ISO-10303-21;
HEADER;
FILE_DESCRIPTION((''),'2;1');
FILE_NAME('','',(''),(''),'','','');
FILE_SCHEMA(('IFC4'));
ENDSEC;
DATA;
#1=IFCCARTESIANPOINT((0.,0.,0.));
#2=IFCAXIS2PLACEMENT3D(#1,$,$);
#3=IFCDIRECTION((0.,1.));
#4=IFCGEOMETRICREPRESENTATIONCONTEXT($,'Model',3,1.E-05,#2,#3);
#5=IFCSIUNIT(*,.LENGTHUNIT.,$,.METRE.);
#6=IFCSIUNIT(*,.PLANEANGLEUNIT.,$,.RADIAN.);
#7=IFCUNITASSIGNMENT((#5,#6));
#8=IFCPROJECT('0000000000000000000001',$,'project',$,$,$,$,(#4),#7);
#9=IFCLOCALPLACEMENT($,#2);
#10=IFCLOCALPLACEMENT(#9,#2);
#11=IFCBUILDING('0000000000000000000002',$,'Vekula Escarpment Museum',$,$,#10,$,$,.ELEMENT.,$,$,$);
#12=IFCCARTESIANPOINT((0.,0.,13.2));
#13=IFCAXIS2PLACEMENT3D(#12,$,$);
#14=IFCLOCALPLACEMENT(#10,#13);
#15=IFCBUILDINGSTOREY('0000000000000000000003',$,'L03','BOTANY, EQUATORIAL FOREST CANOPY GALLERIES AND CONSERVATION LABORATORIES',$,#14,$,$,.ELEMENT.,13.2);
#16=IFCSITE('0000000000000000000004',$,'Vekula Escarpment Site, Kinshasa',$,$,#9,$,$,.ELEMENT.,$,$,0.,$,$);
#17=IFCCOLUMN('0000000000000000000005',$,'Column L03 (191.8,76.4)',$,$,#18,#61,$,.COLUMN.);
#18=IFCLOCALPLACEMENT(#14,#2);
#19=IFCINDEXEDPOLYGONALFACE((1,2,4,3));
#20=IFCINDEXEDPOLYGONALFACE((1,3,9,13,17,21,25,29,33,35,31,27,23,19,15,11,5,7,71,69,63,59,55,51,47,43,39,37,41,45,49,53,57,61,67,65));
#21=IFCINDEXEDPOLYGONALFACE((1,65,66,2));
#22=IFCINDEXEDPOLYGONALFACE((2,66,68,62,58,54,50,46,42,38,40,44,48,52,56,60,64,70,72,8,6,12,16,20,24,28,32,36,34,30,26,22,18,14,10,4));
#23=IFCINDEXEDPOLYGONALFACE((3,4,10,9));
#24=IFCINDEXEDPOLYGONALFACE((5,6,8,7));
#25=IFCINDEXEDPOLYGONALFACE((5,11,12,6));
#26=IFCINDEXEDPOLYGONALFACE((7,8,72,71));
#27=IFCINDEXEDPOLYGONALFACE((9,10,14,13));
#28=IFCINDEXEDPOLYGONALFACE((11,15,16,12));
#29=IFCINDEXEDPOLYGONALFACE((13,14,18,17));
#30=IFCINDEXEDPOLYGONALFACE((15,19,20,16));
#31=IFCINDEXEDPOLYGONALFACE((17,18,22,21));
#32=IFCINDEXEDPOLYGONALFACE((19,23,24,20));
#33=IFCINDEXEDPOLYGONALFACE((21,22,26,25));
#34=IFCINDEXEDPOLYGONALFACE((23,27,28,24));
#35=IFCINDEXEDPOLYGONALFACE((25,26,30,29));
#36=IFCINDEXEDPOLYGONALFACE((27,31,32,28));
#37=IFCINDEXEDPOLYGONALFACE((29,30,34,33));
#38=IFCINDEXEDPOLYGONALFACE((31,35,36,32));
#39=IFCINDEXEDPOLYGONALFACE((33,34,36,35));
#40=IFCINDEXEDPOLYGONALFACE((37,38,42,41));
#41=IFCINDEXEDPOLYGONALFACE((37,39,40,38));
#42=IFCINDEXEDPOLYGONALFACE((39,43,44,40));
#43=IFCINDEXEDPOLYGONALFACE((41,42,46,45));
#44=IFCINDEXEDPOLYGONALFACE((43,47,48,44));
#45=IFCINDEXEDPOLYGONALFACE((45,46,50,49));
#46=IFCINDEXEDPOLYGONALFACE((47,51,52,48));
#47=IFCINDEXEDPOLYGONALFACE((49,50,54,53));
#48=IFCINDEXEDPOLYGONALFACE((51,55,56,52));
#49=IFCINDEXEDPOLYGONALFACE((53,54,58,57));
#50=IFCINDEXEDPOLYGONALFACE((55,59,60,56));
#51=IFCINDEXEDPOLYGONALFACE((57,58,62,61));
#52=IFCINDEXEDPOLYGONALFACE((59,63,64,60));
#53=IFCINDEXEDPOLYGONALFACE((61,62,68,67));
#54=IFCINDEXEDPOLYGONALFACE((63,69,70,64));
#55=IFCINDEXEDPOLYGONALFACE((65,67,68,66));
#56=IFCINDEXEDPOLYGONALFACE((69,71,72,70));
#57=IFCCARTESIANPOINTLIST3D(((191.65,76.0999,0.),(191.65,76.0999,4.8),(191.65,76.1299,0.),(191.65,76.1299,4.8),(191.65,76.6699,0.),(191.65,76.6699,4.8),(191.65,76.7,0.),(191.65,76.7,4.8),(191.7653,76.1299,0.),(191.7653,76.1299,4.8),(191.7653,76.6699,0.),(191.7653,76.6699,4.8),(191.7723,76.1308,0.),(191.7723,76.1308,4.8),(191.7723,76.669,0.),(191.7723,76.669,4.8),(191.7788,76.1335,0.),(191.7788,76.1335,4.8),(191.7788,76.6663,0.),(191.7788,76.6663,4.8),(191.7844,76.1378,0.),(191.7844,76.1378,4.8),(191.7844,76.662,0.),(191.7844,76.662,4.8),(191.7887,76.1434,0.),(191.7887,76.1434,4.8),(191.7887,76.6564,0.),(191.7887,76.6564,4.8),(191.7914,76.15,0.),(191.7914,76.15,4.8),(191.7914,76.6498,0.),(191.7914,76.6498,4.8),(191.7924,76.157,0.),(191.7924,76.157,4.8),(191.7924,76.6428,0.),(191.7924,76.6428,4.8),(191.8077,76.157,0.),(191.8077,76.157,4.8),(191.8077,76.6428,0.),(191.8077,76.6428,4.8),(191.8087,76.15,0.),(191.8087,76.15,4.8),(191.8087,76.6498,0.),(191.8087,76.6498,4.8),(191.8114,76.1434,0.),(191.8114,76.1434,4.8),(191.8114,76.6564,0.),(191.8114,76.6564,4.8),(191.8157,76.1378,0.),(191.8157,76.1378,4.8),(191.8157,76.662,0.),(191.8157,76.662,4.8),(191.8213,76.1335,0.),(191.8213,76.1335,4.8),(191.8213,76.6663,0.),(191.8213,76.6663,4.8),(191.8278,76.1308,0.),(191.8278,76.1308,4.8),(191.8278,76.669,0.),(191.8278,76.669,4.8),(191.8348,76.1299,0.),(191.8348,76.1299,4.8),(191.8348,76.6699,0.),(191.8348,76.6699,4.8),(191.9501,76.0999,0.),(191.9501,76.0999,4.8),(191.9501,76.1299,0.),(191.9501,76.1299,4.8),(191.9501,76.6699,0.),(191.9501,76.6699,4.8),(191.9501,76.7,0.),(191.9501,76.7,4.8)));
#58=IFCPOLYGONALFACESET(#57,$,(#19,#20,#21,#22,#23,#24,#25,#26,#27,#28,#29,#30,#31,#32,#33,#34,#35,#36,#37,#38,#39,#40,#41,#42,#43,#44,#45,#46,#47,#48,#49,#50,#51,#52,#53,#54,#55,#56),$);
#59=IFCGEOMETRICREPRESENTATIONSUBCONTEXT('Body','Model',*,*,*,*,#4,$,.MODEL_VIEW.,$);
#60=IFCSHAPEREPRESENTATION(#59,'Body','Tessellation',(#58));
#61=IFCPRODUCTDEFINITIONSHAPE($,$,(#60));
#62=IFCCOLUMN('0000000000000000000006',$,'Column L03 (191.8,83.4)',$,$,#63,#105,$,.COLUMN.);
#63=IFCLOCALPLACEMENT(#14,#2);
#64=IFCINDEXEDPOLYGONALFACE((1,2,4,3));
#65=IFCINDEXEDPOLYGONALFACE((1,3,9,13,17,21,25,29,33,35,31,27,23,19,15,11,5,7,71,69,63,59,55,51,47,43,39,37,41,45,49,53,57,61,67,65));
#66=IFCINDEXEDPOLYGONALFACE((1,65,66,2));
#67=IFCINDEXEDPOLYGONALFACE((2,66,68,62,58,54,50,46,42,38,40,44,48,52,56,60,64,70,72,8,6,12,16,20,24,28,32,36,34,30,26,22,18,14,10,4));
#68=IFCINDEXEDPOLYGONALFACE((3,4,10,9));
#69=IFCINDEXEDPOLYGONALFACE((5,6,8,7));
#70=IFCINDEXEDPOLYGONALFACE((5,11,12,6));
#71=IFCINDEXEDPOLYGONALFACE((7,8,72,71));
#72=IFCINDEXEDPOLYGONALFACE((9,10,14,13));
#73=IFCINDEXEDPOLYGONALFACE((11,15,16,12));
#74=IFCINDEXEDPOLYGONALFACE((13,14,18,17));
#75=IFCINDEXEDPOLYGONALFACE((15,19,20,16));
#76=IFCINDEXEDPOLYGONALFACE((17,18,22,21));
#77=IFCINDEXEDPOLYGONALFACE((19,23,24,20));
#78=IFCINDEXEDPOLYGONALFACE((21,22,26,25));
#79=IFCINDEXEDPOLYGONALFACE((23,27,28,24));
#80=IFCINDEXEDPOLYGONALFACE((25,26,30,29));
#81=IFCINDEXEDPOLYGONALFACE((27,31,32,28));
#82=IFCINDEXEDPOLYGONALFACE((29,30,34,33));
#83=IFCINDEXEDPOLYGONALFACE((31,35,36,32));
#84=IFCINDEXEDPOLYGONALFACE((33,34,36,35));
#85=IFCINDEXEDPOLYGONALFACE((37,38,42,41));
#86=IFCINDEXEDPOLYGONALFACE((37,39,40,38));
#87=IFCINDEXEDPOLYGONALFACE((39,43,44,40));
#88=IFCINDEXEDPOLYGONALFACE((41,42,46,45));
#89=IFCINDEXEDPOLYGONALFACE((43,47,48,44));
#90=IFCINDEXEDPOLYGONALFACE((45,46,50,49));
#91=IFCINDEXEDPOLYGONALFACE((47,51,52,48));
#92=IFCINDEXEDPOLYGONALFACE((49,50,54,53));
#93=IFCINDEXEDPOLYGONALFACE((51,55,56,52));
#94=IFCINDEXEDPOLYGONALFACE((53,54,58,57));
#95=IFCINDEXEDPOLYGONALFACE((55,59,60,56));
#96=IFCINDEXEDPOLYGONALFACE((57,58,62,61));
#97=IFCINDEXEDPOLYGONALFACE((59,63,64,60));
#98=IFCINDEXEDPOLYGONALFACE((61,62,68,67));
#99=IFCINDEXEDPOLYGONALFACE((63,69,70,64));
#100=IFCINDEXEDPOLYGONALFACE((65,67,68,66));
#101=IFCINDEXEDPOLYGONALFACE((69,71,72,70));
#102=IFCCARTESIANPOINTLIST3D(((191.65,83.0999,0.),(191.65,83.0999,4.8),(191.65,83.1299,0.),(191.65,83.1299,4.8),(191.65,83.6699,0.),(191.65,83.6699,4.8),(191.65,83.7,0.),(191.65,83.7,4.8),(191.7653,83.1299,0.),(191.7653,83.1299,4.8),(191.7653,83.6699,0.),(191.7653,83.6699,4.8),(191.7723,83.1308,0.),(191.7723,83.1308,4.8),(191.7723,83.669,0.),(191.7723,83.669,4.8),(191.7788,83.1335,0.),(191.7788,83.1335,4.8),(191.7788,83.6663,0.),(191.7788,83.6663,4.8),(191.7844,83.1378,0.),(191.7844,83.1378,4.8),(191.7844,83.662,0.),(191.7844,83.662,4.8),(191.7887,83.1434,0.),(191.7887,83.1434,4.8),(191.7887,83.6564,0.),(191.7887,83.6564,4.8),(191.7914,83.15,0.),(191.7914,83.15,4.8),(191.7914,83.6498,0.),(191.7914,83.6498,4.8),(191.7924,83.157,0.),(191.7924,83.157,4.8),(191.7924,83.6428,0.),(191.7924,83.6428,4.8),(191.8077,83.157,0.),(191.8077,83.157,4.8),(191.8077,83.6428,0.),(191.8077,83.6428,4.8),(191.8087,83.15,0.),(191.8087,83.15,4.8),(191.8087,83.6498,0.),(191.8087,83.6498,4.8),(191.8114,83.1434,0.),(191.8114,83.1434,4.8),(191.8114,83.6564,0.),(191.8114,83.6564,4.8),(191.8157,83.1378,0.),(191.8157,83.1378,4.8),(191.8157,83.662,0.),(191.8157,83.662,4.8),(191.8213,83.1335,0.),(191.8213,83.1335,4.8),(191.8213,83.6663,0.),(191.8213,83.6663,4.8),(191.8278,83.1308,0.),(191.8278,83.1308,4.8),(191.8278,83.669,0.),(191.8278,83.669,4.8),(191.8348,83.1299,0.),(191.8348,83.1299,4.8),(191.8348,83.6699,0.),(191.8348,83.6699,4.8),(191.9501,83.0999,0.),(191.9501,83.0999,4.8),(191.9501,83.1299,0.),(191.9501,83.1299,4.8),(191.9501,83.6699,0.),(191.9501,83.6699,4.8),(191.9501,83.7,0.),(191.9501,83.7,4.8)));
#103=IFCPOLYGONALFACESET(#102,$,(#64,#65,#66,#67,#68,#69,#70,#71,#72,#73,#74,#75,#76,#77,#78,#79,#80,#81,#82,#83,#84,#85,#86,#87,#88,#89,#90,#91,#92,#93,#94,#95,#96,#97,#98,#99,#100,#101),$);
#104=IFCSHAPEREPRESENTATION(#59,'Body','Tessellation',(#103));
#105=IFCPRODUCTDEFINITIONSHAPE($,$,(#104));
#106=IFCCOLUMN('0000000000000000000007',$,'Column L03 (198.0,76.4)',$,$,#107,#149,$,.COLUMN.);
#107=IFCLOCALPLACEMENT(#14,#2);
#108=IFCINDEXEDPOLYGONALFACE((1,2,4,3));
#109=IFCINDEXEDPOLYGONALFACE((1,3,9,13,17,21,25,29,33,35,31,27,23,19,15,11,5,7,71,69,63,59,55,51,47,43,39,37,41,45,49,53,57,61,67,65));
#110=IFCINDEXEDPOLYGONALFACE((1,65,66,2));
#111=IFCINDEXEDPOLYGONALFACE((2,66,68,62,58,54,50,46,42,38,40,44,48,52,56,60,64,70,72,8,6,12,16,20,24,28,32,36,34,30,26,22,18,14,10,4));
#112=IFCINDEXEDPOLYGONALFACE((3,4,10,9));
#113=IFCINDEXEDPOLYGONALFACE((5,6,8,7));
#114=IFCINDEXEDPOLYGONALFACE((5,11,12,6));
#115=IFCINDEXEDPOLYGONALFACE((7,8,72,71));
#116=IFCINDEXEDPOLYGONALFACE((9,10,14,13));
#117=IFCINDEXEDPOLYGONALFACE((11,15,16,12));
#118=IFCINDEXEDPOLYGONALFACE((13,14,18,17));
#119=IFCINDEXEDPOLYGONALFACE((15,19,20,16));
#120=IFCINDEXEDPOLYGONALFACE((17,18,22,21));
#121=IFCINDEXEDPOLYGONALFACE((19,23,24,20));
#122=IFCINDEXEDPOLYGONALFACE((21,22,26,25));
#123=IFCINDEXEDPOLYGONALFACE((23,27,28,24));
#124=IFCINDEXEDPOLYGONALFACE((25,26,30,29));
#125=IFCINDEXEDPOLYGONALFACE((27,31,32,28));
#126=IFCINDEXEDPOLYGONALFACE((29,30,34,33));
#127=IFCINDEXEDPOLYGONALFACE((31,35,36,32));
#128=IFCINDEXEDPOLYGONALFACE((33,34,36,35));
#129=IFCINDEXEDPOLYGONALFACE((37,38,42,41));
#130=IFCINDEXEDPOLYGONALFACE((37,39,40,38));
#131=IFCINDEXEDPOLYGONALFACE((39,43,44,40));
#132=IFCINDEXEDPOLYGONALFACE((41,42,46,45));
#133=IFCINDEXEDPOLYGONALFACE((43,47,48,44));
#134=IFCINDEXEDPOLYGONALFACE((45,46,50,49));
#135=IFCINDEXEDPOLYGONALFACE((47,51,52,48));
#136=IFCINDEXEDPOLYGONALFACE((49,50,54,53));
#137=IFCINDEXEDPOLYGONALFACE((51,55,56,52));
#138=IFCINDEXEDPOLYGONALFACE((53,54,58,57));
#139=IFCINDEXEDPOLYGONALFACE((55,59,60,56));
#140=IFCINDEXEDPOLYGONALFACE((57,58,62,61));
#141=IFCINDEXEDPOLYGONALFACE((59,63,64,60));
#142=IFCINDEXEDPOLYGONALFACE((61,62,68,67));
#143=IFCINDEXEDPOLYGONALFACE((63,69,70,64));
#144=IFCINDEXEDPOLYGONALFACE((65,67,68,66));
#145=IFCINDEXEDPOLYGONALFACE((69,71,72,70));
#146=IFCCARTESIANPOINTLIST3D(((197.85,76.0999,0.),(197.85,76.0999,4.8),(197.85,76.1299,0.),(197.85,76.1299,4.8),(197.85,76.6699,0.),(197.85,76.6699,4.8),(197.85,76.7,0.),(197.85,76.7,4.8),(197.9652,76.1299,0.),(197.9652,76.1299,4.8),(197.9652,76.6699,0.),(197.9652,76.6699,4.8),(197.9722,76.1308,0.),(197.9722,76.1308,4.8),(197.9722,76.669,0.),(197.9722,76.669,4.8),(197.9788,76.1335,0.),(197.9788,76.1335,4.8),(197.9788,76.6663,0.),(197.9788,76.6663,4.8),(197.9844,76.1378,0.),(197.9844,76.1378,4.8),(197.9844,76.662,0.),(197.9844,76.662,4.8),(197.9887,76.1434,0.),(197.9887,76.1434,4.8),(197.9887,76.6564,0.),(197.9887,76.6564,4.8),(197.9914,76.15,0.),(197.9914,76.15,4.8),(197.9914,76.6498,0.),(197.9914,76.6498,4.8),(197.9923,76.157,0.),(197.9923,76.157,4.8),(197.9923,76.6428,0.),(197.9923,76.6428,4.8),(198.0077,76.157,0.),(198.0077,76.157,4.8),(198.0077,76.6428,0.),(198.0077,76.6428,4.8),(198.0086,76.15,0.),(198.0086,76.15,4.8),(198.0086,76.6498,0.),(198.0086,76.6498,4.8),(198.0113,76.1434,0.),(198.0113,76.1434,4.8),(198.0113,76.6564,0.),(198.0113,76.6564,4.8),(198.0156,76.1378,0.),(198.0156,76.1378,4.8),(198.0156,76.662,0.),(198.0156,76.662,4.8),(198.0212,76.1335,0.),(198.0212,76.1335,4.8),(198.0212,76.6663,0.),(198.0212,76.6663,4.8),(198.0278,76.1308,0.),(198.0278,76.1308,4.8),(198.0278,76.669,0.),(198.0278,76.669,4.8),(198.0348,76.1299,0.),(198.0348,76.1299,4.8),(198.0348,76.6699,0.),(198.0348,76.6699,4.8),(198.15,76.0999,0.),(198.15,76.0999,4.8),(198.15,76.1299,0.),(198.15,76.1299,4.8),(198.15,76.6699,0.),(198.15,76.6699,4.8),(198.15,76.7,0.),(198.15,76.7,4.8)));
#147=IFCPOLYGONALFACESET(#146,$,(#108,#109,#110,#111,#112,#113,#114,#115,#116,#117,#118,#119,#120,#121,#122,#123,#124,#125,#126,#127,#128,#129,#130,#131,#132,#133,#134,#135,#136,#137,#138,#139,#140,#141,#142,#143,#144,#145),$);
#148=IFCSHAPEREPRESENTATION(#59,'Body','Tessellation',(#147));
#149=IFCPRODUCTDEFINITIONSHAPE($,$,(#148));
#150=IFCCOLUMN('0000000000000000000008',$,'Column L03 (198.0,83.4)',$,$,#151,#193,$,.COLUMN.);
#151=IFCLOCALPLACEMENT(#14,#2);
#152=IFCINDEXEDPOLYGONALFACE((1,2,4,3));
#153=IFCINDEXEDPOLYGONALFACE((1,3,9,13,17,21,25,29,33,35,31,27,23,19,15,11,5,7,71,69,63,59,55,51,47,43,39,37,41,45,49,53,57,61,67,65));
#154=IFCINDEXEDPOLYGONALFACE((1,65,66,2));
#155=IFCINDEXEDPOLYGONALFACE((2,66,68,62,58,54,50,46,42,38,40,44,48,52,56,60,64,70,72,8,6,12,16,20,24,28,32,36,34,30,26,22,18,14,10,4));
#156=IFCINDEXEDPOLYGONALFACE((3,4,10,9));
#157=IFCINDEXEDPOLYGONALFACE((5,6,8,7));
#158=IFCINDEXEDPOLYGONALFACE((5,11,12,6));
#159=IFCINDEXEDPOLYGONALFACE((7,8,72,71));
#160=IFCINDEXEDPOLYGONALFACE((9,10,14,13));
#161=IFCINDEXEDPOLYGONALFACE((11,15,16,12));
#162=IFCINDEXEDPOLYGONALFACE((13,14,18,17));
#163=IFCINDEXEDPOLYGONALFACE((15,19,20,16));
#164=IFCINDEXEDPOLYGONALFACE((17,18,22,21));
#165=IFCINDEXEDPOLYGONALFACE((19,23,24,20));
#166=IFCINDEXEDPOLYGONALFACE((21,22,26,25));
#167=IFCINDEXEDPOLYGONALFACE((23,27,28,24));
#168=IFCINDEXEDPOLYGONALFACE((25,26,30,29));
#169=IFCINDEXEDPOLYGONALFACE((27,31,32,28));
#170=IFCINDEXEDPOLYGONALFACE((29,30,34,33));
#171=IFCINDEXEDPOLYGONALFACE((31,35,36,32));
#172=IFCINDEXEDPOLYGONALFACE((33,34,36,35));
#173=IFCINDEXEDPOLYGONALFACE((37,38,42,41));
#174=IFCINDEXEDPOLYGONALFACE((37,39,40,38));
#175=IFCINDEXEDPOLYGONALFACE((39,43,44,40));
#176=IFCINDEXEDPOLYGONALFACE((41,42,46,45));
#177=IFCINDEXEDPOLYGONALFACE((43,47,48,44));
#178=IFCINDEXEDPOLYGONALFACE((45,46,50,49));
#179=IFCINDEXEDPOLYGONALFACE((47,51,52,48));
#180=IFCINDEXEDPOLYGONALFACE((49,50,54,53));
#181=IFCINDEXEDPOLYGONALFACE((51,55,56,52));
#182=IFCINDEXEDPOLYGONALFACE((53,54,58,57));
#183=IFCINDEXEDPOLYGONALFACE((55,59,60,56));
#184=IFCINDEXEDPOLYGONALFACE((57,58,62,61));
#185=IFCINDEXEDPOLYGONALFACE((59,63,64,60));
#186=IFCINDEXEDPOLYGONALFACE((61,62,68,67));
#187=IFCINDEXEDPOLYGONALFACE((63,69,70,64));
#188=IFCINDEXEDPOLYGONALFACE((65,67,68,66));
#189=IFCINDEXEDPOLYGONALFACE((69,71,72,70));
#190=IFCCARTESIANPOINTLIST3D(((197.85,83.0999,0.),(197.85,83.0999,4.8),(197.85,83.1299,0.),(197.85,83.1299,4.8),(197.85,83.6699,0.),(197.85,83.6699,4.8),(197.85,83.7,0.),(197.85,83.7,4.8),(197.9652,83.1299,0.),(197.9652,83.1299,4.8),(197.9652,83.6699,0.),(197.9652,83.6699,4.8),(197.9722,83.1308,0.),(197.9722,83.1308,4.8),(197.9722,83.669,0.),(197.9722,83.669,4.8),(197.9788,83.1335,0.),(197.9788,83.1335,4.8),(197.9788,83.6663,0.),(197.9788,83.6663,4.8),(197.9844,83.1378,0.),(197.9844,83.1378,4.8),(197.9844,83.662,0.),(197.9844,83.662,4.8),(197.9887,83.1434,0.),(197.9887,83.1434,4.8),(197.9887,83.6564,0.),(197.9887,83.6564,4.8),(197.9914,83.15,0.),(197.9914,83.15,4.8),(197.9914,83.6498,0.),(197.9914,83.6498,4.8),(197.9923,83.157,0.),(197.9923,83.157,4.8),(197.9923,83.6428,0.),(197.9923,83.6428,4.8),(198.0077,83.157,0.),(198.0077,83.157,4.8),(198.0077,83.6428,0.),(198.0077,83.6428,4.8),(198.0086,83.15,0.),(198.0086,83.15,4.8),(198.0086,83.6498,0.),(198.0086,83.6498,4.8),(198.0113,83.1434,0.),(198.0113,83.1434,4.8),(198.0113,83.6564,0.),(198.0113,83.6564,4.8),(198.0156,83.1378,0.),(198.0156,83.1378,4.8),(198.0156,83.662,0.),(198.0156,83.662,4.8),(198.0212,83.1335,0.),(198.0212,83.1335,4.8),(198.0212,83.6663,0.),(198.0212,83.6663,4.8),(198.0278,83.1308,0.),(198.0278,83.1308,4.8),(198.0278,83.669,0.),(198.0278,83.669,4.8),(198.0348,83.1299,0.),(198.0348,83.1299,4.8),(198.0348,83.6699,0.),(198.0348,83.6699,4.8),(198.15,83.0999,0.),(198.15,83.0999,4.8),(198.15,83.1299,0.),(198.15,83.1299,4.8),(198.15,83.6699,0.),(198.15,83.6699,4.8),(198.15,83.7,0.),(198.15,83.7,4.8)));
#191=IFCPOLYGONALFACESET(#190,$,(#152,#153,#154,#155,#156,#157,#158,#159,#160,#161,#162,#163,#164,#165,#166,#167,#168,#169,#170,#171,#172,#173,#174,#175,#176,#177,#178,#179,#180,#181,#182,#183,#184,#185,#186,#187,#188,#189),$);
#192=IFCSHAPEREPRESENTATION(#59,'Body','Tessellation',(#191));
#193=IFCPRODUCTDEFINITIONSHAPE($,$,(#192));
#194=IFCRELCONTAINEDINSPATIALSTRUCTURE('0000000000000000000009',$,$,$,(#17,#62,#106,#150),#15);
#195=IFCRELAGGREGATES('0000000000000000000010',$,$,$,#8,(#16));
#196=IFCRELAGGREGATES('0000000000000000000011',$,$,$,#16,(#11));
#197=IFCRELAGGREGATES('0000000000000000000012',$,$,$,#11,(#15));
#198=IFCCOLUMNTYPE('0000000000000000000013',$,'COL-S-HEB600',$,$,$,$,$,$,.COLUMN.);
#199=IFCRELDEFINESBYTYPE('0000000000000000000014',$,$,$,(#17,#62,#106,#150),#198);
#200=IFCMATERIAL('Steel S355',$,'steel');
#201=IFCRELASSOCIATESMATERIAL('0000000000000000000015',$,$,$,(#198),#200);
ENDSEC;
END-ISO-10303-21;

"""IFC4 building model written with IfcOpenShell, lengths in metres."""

from ifc_helpers import new_model, si_unit, direction, frame, origin, origin_2d, place, context, subcontext, project, spatial, i_section, extrude, material, material_profile, profile_set, type_object, element, save


model = new_model("IFC4")

# Units and contexts
model_context = context("Model", 3, precision=1e-05, world=origin(), true_north=direction((0.0, 1.0)))
body_context = subcontext(model_context, "Body", "Model", "MODEL_VIEW")
ifc_project = project(units=[si_unit("LENGTHUNIT", "METRE"), si_unit("PLANEANGLEUNIT", "RADIAN")], contexts=[model_context])

# Site, building, storey
site_placement = place(None, origin())
site = spatial("IfcSite", under=ifc_project, at=site_placement, Name="Vekula Escarpment Site, Kinshasa", CompositionType="ELEMENT", RefElevation=0.0)
building_placement = place(site_placement, origin())
building = spatial("IfcBuilding", under=site, at=building_placement, Name="Vekula Escarpment Museum", CompositionType="ELEMENT")
storey_placement = place(building_placement, frame((0.0, 0.0, 13.2)))
storey = spatial("IfcBuildingStorey", under=building, at=storey_placement, Name="L03", Description="BOTANY, EQUATORIAL FOREST CANOPY GALLERIES AND CONSERVATION LABORATORIES", CompositionType="ELEMENT", Elevation=13.2)

# Columns
ifc_material_1 = material(Name="Steel S355", Category="steel")
ifc_material_profile_1 = material_profile(ifc_material_1, i_section(OverallWidth=0.3, OverallDepth=0.6001, WebThickness=0.0154, FlangeThickness=0.03, FilletRadius=0.0271, at=origin_2d()), Name="HEB 600")
ifc_profile_set_1 = profile_set([ifc_material_profile_1], Name="Steel S355")
column_type = type_object("IfcColumnType", Name="COL-S-HEB600", PredefinedType="COLUMN", material=ifc_profile_set_1)
for number, where, z_axis, x_axis, name in (
    (1, (191.8, 76.3999, 0.0), (0.0, 0.0, 1.0), (1.0, 0.0, 0.0), "Column L03 (191.8,76.4)"),
    (2, (191.8, 83.3999, 0.0), (0.0, 0.0, 1.0), (1.0, 0.0, 0.0), "Column L03 (191.8,83.4)"),
    (3, (198.0, 76.3999, 0.0), (0.0, 0.0, 1.0), (1.0, 0.0, 0.0), "Column L03 (198.0,76.4)"),
    (4, (198.0, 83.3999, 0.0), (0.0, 0.0, 1.0), (1.0, 0.0, 0.0), "Column L03 (198.0,83.4)"),
):
    element("IfcColumn", number, at=place(storey_placement, frame(where, z_axis=z_axis, x_axis=x_axis)), inside=storey, type_object=column_type, Name=name, PredefinedType="COLUMN", context=body_context, shape_type="SweptSolid", body=[
        extrude(i_section(OverallWidth=0.3, OverallDepth=0.6001, WebThickness=0.0154, FlangeThickness=0.03, FilletRadius=0.0271, at=origin_2d()), origin(), (0.0, 0.0, 1.0), 4.8),
    ])

save(model, "model.ifc")
